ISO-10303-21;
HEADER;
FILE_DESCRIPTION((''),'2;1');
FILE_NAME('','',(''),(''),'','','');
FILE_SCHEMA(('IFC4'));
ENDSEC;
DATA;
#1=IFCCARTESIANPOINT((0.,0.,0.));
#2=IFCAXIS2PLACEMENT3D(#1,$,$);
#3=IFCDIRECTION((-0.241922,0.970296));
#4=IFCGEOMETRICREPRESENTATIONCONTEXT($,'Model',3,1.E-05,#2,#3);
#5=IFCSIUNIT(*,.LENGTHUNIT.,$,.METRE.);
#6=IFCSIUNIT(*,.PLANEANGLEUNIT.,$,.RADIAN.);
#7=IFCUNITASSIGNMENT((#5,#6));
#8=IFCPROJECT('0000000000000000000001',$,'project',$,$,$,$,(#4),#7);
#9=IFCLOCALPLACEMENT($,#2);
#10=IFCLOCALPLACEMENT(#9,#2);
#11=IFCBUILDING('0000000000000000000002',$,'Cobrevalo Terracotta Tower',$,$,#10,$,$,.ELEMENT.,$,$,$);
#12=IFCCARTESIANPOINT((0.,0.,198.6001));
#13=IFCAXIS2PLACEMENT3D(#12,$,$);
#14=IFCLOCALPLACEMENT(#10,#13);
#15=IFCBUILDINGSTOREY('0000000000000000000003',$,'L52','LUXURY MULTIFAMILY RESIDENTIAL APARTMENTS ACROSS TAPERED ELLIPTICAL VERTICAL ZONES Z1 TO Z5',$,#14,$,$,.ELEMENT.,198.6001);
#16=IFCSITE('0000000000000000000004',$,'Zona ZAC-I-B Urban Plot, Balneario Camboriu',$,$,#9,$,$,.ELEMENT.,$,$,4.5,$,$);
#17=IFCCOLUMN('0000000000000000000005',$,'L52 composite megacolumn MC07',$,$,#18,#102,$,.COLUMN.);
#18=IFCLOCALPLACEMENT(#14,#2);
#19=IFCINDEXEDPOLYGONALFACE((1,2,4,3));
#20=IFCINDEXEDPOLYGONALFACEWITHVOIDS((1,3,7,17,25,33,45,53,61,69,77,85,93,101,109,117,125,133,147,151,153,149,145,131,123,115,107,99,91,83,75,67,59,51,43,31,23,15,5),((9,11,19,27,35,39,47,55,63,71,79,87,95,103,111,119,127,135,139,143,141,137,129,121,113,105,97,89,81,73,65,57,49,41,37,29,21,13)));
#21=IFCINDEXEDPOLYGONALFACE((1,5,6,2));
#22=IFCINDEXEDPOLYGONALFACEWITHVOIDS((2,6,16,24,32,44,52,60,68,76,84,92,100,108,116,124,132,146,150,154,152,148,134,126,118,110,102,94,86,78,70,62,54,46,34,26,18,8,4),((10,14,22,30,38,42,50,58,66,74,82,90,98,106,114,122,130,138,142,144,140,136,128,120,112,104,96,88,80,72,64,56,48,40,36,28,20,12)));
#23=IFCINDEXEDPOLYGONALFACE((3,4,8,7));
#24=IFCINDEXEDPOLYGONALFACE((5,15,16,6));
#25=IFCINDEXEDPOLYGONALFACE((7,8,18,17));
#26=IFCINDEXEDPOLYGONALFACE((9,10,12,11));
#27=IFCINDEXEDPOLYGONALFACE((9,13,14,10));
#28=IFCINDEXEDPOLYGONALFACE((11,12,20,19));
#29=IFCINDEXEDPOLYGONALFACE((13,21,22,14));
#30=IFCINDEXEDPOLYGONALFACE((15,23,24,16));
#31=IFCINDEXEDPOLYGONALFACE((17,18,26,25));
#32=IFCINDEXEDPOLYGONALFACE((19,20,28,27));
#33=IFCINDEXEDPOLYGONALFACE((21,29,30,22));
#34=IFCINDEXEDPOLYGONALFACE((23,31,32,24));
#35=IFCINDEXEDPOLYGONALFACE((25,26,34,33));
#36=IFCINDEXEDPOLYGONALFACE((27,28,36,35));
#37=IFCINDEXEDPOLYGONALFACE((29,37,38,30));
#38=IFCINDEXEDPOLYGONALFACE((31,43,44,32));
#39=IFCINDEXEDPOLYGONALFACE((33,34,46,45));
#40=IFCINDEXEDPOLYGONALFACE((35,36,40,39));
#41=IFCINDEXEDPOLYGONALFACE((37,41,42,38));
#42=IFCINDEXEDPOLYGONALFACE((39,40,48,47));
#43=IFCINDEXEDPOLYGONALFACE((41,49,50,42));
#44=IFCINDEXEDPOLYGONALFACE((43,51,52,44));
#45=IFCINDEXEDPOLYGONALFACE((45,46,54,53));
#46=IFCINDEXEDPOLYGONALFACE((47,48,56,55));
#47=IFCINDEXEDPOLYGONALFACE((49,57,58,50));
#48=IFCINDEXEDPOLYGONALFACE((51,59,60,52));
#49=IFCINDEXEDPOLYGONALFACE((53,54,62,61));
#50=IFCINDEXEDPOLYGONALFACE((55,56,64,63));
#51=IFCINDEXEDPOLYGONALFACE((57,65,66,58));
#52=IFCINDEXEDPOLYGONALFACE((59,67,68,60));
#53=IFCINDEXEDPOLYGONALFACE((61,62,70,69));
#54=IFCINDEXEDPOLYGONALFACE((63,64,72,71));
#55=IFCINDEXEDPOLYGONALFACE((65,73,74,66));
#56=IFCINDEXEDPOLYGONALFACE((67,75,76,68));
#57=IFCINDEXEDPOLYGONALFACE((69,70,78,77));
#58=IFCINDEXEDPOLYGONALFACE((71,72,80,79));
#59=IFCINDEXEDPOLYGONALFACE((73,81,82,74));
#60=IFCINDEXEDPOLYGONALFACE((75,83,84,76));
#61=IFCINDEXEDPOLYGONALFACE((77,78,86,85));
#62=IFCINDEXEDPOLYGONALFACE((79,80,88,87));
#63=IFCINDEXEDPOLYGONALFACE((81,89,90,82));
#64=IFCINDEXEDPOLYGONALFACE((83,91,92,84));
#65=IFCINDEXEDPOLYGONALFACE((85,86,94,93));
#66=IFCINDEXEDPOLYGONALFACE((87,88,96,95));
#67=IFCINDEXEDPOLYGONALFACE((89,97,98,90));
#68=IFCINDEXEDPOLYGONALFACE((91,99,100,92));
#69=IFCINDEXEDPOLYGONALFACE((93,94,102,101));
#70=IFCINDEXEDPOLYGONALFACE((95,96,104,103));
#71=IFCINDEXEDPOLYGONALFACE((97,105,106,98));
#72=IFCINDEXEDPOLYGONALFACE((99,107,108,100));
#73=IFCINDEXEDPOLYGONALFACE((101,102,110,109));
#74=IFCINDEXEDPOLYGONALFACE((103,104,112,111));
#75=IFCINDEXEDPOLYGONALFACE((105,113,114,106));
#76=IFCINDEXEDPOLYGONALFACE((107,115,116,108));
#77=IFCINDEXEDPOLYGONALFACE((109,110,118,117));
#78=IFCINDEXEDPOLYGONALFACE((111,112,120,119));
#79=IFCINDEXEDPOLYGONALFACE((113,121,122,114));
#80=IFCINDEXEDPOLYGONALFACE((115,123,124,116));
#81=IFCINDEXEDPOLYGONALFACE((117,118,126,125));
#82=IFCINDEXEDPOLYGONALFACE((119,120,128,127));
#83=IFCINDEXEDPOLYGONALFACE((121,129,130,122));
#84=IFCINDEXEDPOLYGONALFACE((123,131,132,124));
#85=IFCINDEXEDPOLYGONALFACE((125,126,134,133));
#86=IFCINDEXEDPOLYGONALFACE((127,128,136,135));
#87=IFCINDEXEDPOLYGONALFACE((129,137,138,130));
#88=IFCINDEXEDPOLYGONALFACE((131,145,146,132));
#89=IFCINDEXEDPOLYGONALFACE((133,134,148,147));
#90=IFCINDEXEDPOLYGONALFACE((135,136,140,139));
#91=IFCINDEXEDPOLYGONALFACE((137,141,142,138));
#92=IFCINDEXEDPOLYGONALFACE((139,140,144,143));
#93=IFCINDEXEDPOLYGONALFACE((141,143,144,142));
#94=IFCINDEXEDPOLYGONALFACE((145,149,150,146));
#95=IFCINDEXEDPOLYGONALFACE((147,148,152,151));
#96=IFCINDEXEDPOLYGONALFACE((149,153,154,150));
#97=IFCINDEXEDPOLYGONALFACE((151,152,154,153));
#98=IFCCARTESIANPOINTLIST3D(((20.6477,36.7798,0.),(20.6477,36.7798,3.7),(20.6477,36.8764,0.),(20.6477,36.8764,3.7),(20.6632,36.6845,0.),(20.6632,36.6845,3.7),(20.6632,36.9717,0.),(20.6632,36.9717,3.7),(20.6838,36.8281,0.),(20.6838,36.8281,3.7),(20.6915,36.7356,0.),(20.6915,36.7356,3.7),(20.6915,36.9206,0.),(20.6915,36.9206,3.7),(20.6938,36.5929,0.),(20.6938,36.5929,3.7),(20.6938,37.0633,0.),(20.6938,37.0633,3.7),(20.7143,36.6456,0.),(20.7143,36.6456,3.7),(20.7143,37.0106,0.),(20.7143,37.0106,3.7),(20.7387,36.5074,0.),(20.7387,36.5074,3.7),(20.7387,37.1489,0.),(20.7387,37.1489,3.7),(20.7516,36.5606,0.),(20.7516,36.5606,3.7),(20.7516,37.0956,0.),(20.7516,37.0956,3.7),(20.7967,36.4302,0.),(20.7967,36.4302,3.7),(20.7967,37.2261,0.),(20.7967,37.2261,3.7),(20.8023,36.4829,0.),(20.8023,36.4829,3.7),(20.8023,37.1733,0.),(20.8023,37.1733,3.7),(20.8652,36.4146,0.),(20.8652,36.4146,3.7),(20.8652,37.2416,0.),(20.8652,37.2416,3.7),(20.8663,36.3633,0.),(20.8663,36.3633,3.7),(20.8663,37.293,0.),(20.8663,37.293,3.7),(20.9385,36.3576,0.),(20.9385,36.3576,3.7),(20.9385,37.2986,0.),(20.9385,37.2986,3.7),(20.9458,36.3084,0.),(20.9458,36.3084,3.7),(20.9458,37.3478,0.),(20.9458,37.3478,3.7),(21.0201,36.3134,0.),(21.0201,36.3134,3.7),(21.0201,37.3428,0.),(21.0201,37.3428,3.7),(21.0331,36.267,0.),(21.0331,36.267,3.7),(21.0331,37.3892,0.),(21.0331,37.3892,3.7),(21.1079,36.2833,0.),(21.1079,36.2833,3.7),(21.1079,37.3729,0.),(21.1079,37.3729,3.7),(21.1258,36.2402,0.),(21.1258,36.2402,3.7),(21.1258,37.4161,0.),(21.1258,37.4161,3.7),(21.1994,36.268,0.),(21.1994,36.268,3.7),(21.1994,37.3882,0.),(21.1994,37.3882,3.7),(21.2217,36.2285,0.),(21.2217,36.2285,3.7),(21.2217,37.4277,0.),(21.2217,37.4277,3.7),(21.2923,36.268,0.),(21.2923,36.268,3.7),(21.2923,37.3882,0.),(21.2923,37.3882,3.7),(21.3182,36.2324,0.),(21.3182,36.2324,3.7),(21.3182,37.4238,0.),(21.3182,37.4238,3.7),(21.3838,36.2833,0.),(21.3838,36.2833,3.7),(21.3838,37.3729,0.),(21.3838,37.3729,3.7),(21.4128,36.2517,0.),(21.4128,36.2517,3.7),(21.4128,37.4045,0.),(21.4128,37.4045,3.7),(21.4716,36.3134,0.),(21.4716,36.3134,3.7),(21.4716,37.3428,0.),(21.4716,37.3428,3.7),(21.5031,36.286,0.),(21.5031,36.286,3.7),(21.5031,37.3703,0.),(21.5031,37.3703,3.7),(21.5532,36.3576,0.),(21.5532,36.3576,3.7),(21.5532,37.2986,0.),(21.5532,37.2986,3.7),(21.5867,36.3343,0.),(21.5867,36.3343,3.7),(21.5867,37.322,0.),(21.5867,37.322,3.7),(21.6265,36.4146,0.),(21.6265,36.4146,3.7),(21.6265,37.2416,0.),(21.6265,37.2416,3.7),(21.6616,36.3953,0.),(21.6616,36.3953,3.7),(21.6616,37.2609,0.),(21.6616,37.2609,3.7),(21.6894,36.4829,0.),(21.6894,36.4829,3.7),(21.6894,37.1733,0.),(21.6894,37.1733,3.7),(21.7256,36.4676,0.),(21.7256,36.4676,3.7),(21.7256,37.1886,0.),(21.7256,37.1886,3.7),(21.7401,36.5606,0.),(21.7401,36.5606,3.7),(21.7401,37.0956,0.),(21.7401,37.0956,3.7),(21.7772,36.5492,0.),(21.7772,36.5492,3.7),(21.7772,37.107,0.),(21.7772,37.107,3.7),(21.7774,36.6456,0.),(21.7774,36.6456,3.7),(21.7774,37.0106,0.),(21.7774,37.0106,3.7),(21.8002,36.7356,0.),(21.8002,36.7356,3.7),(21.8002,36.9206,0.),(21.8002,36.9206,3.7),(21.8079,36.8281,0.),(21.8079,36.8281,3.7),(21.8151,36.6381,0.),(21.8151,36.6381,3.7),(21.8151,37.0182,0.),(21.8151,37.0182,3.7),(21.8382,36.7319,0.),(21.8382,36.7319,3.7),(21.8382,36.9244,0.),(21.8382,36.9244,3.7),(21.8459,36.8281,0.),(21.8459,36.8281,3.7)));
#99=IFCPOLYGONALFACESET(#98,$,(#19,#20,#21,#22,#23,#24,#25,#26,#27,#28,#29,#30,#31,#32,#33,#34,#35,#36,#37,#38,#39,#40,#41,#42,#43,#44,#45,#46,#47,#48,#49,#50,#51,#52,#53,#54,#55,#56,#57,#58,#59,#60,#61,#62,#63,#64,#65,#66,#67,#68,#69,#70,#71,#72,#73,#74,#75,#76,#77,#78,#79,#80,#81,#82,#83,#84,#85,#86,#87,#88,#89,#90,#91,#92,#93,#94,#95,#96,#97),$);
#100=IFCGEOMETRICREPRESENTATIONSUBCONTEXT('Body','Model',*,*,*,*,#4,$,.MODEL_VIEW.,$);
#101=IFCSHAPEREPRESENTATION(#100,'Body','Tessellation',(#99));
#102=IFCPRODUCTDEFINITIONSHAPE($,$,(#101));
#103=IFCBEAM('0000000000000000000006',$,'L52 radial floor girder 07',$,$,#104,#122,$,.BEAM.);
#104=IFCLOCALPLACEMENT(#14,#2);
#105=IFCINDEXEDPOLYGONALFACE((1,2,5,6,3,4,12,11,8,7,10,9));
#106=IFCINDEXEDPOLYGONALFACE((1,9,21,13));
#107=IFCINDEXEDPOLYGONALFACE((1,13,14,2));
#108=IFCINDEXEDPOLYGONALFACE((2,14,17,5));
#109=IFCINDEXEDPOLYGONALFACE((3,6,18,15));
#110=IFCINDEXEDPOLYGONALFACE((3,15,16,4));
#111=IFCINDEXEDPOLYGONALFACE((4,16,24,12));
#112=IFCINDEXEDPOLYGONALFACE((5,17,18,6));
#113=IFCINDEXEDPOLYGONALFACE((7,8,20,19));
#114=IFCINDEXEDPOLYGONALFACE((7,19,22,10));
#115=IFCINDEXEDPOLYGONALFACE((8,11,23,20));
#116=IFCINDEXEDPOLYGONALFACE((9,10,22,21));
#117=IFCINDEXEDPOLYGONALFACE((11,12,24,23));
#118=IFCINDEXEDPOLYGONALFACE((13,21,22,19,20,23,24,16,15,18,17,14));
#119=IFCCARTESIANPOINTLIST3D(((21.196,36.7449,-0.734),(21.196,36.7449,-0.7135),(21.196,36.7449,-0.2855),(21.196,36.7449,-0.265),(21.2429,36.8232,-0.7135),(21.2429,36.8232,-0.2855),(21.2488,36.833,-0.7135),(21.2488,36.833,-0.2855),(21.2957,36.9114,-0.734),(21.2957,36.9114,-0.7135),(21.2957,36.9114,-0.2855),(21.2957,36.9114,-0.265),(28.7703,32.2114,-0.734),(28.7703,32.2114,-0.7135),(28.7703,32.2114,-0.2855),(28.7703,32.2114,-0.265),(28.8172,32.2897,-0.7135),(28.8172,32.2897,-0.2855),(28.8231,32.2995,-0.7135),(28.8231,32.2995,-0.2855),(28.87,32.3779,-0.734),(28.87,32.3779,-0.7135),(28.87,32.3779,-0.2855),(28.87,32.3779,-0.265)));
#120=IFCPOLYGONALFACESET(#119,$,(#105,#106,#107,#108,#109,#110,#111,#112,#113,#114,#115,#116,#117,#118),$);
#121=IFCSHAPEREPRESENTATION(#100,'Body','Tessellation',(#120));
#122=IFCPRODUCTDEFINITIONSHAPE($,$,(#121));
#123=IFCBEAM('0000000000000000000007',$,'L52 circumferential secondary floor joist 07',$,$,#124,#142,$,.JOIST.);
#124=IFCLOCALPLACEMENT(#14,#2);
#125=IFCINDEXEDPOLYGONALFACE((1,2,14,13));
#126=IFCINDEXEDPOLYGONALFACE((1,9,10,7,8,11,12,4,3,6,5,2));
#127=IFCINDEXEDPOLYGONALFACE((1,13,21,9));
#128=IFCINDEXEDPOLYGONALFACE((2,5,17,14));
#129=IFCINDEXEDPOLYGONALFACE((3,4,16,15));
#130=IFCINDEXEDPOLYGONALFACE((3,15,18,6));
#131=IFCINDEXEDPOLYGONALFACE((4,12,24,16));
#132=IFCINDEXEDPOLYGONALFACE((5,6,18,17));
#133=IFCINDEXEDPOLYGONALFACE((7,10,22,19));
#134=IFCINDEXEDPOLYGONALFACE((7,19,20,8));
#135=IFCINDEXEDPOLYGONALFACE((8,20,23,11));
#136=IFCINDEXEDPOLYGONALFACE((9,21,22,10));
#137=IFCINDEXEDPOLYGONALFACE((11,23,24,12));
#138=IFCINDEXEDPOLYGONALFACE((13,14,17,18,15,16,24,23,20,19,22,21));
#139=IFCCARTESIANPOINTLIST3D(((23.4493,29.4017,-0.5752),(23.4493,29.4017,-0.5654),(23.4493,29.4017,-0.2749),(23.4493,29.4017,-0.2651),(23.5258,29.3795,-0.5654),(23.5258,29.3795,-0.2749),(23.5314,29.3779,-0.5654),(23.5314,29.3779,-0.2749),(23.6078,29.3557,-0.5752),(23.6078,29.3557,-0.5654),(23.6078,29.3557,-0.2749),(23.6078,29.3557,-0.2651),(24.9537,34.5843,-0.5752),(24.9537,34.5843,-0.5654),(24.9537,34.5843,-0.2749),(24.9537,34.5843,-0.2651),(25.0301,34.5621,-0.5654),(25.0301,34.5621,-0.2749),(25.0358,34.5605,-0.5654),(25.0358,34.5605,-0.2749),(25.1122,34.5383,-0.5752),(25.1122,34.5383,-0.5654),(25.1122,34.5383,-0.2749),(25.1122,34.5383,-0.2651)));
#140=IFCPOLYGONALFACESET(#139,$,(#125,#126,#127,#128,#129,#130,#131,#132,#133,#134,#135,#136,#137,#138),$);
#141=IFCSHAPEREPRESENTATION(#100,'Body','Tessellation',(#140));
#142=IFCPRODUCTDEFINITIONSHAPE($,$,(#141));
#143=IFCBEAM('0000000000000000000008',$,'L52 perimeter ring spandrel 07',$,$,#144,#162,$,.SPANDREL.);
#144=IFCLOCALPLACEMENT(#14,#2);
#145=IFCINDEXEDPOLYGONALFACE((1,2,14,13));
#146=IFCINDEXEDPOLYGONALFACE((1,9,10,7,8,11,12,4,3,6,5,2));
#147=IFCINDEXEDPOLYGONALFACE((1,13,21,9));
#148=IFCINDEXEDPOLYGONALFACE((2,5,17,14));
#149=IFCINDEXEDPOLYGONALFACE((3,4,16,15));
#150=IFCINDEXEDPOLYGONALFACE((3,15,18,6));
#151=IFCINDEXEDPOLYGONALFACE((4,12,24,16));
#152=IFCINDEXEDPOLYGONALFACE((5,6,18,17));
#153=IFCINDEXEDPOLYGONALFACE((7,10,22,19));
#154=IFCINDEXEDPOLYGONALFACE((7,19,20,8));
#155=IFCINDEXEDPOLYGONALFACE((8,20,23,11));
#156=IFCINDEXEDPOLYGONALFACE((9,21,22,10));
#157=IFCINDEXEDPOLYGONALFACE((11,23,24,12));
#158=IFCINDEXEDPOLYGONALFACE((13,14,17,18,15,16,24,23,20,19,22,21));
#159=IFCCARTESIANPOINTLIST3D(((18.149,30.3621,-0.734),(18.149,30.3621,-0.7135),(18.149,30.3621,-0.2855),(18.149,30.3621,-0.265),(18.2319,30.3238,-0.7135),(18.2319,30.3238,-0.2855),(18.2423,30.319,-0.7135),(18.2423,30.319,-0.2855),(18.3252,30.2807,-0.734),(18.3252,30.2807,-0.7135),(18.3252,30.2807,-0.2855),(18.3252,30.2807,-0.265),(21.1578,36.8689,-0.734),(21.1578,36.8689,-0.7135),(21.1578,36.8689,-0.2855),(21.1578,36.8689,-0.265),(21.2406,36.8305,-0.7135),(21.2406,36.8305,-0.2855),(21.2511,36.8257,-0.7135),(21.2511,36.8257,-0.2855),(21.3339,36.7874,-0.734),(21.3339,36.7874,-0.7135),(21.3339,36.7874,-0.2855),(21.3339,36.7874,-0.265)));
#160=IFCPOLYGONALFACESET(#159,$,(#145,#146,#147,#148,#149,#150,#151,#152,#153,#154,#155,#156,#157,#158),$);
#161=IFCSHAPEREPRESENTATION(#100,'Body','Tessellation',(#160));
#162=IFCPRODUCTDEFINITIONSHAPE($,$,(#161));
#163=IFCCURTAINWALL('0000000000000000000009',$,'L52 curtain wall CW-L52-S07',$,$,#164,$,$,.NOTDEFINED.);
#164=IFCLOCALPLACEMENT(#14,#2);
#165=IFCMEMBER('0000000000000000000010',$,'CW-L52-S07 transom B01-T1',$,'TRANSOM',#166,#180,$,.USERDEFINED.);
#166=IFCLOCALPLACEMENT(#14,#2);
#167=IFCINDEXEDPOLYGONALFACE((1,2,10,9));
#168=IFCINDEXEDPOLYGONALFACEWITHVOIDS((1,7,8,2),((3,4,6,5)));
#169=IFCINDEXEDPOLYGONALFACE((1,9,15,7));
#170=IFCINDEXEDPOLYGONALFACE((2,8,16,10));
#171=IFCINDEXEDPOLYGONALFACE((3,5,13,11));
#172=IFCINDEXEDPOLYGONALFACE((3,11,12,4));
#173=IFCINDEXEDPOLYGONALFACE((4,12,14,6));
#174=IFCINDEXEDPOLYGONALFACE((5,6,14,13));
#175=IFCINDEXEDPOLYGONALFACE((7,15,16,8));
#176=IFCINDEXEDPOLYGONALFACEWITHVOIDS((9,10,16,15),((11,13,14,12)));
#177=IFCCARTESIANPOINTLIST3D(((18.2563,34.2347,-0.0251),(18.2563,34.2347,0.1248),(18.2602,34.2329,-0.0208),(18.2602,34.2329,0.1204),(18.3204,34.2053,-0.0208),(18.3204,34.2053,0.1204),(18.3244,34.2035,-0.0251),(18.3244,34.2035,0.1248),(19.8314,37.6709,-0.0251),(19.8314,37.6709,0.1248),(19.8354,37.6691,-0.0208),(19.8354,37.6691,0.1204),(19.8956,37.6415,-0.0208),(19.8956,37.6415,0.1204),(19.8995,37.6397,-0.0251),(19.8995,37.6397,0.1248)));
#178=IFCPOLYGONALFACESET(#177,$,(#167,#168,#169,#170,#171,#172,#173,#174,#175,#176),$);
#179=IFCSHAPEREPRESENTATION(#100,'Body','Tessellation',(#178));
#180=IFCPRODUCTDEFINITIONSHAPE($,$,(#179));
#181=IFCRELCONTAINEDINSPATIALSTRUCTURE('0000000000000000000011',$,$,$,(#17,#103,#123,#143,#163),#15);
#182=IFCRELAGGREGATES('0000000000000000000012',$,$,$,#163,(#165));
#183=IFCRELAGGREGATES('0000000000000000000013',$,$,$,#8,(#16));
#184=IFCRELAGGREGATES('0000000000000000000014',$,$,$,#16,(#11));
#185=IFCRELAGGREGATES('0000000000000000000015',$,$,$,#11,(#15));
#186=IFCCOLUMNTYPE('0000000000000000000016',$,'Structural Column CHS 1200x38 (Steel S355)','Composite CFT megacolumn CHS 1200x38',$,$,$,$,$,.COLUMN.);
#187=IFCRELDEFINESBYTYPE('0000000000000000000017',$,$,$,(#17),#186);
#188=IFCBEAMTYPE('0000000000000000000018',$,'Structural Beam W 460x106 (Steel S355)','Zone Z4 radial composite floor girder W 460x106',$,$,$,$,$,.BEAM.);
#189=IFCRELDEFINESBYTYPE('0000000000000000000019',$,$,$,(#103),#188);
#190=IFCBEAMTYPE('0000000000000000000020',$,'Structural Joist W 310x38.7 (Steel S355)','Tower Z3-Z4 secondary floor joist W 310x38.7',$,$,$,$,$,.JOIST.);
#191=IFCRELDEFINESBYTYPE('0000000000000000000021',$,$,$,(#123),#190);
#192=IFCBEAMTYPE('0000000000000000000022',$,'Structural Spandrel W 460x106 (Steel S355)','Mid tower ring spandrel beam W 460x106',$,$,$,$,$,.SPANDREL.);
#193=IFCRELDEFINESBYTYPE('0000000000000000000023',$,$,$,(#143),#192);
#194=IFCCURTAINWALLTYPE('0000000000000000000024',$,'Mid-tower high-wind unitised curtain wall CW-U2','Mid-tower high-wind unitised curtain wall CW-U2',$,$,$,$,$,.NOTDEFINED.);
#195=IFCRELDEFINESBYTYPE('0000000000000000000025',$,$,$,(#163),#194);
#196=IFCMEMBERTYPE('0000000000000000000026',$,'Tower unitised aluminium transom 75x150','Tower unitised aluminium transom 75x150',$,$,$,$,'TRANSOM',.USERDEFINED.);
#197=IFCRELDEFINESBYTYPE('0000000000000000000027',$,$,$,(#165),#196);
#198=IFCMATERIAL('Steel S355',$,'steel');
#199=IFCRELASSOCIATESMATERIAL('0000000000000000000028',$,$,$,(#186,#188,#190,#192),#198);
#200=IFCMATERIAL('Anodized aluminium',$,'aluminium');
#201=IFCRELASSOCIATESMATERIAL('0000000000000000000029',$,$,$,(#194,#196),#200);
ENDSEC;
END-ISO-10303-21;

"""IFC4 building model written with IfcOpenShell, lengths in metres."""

from ifc_helpers import new_model, si_unit, direction, frame, origin, origin_2d, place, context, subcontext, project, spatial, hollow_rectangle, hollow_circle, i_section, extrude, source, transform, mapped, material, material_profile, profile_set, type_object, element, aggregate, save


model = new_model("IFC4")

# Units and contexts
model_context = context("Model", 3, precision=1e-05, world=origin(), true_north=direction((-0.241922, 0.970296)))
body_context = subcontext(model_context, "Body", "Model", "MODEL_VIEW")
ifc_project = project(units=[si_unit("LENGTHUNIT", "METRE"), si_unit("PLANEANGLEUNIT", "RADIAN")], contexts=[model_context])

# Site, building, storey
site_placement = place(None, origin())
site = spatial("IfcSite", under=ifc_project, at=site_placement, Name="Zona ZAC-I-B Urban Plot, Balneario Camboriu", CompositionType="ELEMENT", RefElevation=4.5)
building_placement = place(site_placement, origin())
building = spatial("IfcBuilding", under=site, at=building_placement, Name="Cobrevalo Terracotta Tower", CompositionType="ELEMENT")
storey_placement = place(building_placement, frame((0.0, 0.0, 198.6001)))
storey = spatial("IfcBuildingStorey", under=building, at=storey_placement, Name="L52", Description="LUXURY MULTIFAMILY RESIDENTIAL APARTMENTS ACROSS TAPERED ELLIPTICAL VERTICAL ZONES Z1 TO Z5", CompositionType="ELEMENT", Elevation=198.6001)

# Column
ifc_material_1 = material(Name="Steel S355", Category="steel")
ifc_material_profile_1 = material_profile(ifc_material_1, hollow_circle(Radius=0.6001, WallThickness=0.0381, at=origin_2d()), Name="CHS 1200x38")
ifc_profile_set_1 = profile_set([ifc_material_profile_1], Name="Steel S355")
column_type = type_object("IfcColumnType", Name="Structural Column CHS 1200x38 (Steel S355)", Description="Composite CFT megacolumn CHS 1200x38", PredefinedType="COLUMN", material=ifc_profile_set_1)
column_placement = place(storey_placement, frame((21.2458, 36.8281, 0.0), z_axis=(0.0, 0.0, 1.0), x_axis=(1.0, 0.0, 0.0)))
element("IfcColumn", 1, at=column_placement, inside=storey, type_object=column_type, Name="L52 composite megacolumn MC07", PredefinedType="COLUMN", context=body_context, shape_type="SweptSolid", body=[
    extrude(hollow_circle(Radius=0.6001, WallThickness=0.0381, at=origin_2d()), origin(), (0.0, 0.0, 1.0), 3.7),
])

# Beams
ifc_material_profile_2 = material_profile(ifc_material_1, i_section(OverallWidth=0.1941, OverallDepth=0.469, WebThickness=0.0115, FlangeThickness=0.0205, at=origin_2d()), Name="W 460x106")
ifc_profile_set_2 = profile_set([ifc_material_profile_2], Name="Steel S355")
beam_type_1 = type_object("IfcBeamType", Name="Structural Beam W 460x106 (Steel S355)", Description="Zone Z4 radial composite floor girder W 460x106", PredefinedType="BEAM", material=ifc_profile_set_2)
beam_1_placement = place(storey_placement, frame((21.2458, 36.8281, -0.4995), z_axis=(0.858046, -0.513572, 0.0), x_axis=(0.513572, 0.858046, 0.0)))
element("IfcBeam", 2, at=beam_1_placement, inside=storey, type_object=beam_type_1, Name="L52 radial floor girder 07", PredefinedType="BEAM", context=body_context, shape_type="SweptSolid", body=[
    extrude(i_section(OverallWidth=0.1941, OverallDepth=0.469, WebThickness=0.0115, FlangeThickness=0.0205, at=origin_2d()), origin(), (0.0, 0.0, 1.0), 8.8274),
])
ifc_material_profile_3 = material_profile(ifc_material_1, i_section(OverallWidth=0.165, OverallDepth=0.3101, WebThickness=0.0059, FlangeThickness=0.0098, at=origin_2d()), Name="W 310x38.7")
ifc_profile_set_3 = profile_set([ifc_material_profile_3], Name="Steel S355")
beam_type_2 = type_object("IfcBeamType", Name="Structural Joist W 310x38.7 (Steel S355)", Description="Tower Z3-Z4 secondary floor joist W 310x38.7", PredefinedType="JOIST", material=ifc_profile_set_3)
beam_2_placement = place(storey_placement, frame((25.033, 34.5613, -0.4202), z_axis=(-0.27877, -0.960358, 0.0), x_axis=(0.960358, -0.27877, 0.0)))
element("IfcBeam", 3, at=beam_2_placement, inside=storey, type_object=beam_type_2, Name="L52 circumferential secondary floor joist 07", PredefinedType="JOIST", context=body_context, shape_type="SweptSolid", body=[
    extrude(i_section(OverallWidth=0.165, OverallDepth=0.3101, WebThickness=0.0059, FlangeThickness=0.0098, at=origin_2d()), origin(), (0.0, 0.0, 1.0), 5.3965),
])
ifc_material_profile_4 = material_profile(ifc_material_1, i_section(OverallWidth=0.1941, OverallDepth=0.469, WebThickness=0.0115, FlangeThickness=0.0205, at=origin_2d()), Name="W 460x106")
ifc_profile_set_4 = profile_set([ifc_material_profile_4], Name="Steel S355")
beam_type_3 = type_object("IfcBeamType", Name="Structural Spandrel W 460x106 (Steel S355)", Description="Mid tower ring spandrel beam W 460x106", PredefinedType="SPANDREL", material=ifc_profile_set_4)
beam_3_placement = place(storey_placement, frame((21.2458, 36.8281, -0.4995), z_axis=(-0.419706, -0.90766, 0.0), x_axis=(0.90766, -0.419706, 0.0)))
element("IfcBeam", 4, at=beam_3_placement, inside=storey, type_object=beam_type_3, Name="L52 perimeter ring spandrel 07", PredefinedType="SPANDREL", context=body_context, shape_type="SweptSolid", body=[
    extrude(i_section(OverallWidth=0.1941, OverallDepth=0.469, WebThickness=0.0115, FlangeThickness=0.0205, at=origin_2d()), origin(), (0.0, 0.0, 1.0), 7.1687),
])

# Curtain wall, member
ifc_material_2 = material(Name="Anodized aluminium", Category="aluminium")
curtain_wall_type = type_object("IfcCurtainWallType", Name="Mid-tower high-wind unitised curtain wall CW-U2", Description="Mid-tower high-wind unitised curtain wall CW-U2", PredefinedType="NOTDEFINED", material=ifc_material_2)
curtain_wall_1_placement = place(storey_placement, origin())
curtain_wall_1 = element("IfcCurtainWall", 5, at=curtain_wall_1_placement, inside=storey, type_object=curtain_wall_type, Name="L52 curtain wall CW-L52-S07", PredefinedType="NOTDEFINED")
ifc_material_profile_5 = material_profile(ifc_material_2, hollow_rectangle(XDim=0.075, YDim=0.1499, WallThickness=0.0044, at=origin_2d()), Name="CWT 75x150")
ifc_profile_set_5 = profile_set([ifc_material_profile_5], Name="Anodized aluminium")
member_type_1 = type_object("IfcMemberType", Name="Tower unitised aluminium transom 75x150", Description="Tower unitised aluminium transom 75x150", ElementType="TRANSOM", PredefinedType="USERDEFINED", material=ifc_profile_set_5)
shared_shape_1 = source(origin(), body_context, "Body", "SweptSolid", [
    extrude(hollow_rectangle(XDim=0.075, YDim=0.1499, WallThickness=0.0044, at=origin_2d()), origin(), (0.0, 0.0, 1.0), 3.78),
])
member_1_placement = place(storey_placement, frame((19.8655, 37.6553, 0.0498), z_axis=(-0.416706, -0.909041, 0.0), x_axis=(0.909041, -0.416706, 0.0)))
member_1 = element("IfcMember", 6, at=member_1_placement, type_object=member_type_1, Name="CW-L52-S07 transom B01-T1", ObjectType="TRANSOM", PredefinedType="USERDEFINED", context=body_context, shape_type="MappedRepresentation", body=[
    mapped(shared_shape_1, transform((0.0, 0.0, 0.0), scale=1.0)),
])

aggregate(curtain_wall_1, [member_1])

save(model, "model.ifc")
